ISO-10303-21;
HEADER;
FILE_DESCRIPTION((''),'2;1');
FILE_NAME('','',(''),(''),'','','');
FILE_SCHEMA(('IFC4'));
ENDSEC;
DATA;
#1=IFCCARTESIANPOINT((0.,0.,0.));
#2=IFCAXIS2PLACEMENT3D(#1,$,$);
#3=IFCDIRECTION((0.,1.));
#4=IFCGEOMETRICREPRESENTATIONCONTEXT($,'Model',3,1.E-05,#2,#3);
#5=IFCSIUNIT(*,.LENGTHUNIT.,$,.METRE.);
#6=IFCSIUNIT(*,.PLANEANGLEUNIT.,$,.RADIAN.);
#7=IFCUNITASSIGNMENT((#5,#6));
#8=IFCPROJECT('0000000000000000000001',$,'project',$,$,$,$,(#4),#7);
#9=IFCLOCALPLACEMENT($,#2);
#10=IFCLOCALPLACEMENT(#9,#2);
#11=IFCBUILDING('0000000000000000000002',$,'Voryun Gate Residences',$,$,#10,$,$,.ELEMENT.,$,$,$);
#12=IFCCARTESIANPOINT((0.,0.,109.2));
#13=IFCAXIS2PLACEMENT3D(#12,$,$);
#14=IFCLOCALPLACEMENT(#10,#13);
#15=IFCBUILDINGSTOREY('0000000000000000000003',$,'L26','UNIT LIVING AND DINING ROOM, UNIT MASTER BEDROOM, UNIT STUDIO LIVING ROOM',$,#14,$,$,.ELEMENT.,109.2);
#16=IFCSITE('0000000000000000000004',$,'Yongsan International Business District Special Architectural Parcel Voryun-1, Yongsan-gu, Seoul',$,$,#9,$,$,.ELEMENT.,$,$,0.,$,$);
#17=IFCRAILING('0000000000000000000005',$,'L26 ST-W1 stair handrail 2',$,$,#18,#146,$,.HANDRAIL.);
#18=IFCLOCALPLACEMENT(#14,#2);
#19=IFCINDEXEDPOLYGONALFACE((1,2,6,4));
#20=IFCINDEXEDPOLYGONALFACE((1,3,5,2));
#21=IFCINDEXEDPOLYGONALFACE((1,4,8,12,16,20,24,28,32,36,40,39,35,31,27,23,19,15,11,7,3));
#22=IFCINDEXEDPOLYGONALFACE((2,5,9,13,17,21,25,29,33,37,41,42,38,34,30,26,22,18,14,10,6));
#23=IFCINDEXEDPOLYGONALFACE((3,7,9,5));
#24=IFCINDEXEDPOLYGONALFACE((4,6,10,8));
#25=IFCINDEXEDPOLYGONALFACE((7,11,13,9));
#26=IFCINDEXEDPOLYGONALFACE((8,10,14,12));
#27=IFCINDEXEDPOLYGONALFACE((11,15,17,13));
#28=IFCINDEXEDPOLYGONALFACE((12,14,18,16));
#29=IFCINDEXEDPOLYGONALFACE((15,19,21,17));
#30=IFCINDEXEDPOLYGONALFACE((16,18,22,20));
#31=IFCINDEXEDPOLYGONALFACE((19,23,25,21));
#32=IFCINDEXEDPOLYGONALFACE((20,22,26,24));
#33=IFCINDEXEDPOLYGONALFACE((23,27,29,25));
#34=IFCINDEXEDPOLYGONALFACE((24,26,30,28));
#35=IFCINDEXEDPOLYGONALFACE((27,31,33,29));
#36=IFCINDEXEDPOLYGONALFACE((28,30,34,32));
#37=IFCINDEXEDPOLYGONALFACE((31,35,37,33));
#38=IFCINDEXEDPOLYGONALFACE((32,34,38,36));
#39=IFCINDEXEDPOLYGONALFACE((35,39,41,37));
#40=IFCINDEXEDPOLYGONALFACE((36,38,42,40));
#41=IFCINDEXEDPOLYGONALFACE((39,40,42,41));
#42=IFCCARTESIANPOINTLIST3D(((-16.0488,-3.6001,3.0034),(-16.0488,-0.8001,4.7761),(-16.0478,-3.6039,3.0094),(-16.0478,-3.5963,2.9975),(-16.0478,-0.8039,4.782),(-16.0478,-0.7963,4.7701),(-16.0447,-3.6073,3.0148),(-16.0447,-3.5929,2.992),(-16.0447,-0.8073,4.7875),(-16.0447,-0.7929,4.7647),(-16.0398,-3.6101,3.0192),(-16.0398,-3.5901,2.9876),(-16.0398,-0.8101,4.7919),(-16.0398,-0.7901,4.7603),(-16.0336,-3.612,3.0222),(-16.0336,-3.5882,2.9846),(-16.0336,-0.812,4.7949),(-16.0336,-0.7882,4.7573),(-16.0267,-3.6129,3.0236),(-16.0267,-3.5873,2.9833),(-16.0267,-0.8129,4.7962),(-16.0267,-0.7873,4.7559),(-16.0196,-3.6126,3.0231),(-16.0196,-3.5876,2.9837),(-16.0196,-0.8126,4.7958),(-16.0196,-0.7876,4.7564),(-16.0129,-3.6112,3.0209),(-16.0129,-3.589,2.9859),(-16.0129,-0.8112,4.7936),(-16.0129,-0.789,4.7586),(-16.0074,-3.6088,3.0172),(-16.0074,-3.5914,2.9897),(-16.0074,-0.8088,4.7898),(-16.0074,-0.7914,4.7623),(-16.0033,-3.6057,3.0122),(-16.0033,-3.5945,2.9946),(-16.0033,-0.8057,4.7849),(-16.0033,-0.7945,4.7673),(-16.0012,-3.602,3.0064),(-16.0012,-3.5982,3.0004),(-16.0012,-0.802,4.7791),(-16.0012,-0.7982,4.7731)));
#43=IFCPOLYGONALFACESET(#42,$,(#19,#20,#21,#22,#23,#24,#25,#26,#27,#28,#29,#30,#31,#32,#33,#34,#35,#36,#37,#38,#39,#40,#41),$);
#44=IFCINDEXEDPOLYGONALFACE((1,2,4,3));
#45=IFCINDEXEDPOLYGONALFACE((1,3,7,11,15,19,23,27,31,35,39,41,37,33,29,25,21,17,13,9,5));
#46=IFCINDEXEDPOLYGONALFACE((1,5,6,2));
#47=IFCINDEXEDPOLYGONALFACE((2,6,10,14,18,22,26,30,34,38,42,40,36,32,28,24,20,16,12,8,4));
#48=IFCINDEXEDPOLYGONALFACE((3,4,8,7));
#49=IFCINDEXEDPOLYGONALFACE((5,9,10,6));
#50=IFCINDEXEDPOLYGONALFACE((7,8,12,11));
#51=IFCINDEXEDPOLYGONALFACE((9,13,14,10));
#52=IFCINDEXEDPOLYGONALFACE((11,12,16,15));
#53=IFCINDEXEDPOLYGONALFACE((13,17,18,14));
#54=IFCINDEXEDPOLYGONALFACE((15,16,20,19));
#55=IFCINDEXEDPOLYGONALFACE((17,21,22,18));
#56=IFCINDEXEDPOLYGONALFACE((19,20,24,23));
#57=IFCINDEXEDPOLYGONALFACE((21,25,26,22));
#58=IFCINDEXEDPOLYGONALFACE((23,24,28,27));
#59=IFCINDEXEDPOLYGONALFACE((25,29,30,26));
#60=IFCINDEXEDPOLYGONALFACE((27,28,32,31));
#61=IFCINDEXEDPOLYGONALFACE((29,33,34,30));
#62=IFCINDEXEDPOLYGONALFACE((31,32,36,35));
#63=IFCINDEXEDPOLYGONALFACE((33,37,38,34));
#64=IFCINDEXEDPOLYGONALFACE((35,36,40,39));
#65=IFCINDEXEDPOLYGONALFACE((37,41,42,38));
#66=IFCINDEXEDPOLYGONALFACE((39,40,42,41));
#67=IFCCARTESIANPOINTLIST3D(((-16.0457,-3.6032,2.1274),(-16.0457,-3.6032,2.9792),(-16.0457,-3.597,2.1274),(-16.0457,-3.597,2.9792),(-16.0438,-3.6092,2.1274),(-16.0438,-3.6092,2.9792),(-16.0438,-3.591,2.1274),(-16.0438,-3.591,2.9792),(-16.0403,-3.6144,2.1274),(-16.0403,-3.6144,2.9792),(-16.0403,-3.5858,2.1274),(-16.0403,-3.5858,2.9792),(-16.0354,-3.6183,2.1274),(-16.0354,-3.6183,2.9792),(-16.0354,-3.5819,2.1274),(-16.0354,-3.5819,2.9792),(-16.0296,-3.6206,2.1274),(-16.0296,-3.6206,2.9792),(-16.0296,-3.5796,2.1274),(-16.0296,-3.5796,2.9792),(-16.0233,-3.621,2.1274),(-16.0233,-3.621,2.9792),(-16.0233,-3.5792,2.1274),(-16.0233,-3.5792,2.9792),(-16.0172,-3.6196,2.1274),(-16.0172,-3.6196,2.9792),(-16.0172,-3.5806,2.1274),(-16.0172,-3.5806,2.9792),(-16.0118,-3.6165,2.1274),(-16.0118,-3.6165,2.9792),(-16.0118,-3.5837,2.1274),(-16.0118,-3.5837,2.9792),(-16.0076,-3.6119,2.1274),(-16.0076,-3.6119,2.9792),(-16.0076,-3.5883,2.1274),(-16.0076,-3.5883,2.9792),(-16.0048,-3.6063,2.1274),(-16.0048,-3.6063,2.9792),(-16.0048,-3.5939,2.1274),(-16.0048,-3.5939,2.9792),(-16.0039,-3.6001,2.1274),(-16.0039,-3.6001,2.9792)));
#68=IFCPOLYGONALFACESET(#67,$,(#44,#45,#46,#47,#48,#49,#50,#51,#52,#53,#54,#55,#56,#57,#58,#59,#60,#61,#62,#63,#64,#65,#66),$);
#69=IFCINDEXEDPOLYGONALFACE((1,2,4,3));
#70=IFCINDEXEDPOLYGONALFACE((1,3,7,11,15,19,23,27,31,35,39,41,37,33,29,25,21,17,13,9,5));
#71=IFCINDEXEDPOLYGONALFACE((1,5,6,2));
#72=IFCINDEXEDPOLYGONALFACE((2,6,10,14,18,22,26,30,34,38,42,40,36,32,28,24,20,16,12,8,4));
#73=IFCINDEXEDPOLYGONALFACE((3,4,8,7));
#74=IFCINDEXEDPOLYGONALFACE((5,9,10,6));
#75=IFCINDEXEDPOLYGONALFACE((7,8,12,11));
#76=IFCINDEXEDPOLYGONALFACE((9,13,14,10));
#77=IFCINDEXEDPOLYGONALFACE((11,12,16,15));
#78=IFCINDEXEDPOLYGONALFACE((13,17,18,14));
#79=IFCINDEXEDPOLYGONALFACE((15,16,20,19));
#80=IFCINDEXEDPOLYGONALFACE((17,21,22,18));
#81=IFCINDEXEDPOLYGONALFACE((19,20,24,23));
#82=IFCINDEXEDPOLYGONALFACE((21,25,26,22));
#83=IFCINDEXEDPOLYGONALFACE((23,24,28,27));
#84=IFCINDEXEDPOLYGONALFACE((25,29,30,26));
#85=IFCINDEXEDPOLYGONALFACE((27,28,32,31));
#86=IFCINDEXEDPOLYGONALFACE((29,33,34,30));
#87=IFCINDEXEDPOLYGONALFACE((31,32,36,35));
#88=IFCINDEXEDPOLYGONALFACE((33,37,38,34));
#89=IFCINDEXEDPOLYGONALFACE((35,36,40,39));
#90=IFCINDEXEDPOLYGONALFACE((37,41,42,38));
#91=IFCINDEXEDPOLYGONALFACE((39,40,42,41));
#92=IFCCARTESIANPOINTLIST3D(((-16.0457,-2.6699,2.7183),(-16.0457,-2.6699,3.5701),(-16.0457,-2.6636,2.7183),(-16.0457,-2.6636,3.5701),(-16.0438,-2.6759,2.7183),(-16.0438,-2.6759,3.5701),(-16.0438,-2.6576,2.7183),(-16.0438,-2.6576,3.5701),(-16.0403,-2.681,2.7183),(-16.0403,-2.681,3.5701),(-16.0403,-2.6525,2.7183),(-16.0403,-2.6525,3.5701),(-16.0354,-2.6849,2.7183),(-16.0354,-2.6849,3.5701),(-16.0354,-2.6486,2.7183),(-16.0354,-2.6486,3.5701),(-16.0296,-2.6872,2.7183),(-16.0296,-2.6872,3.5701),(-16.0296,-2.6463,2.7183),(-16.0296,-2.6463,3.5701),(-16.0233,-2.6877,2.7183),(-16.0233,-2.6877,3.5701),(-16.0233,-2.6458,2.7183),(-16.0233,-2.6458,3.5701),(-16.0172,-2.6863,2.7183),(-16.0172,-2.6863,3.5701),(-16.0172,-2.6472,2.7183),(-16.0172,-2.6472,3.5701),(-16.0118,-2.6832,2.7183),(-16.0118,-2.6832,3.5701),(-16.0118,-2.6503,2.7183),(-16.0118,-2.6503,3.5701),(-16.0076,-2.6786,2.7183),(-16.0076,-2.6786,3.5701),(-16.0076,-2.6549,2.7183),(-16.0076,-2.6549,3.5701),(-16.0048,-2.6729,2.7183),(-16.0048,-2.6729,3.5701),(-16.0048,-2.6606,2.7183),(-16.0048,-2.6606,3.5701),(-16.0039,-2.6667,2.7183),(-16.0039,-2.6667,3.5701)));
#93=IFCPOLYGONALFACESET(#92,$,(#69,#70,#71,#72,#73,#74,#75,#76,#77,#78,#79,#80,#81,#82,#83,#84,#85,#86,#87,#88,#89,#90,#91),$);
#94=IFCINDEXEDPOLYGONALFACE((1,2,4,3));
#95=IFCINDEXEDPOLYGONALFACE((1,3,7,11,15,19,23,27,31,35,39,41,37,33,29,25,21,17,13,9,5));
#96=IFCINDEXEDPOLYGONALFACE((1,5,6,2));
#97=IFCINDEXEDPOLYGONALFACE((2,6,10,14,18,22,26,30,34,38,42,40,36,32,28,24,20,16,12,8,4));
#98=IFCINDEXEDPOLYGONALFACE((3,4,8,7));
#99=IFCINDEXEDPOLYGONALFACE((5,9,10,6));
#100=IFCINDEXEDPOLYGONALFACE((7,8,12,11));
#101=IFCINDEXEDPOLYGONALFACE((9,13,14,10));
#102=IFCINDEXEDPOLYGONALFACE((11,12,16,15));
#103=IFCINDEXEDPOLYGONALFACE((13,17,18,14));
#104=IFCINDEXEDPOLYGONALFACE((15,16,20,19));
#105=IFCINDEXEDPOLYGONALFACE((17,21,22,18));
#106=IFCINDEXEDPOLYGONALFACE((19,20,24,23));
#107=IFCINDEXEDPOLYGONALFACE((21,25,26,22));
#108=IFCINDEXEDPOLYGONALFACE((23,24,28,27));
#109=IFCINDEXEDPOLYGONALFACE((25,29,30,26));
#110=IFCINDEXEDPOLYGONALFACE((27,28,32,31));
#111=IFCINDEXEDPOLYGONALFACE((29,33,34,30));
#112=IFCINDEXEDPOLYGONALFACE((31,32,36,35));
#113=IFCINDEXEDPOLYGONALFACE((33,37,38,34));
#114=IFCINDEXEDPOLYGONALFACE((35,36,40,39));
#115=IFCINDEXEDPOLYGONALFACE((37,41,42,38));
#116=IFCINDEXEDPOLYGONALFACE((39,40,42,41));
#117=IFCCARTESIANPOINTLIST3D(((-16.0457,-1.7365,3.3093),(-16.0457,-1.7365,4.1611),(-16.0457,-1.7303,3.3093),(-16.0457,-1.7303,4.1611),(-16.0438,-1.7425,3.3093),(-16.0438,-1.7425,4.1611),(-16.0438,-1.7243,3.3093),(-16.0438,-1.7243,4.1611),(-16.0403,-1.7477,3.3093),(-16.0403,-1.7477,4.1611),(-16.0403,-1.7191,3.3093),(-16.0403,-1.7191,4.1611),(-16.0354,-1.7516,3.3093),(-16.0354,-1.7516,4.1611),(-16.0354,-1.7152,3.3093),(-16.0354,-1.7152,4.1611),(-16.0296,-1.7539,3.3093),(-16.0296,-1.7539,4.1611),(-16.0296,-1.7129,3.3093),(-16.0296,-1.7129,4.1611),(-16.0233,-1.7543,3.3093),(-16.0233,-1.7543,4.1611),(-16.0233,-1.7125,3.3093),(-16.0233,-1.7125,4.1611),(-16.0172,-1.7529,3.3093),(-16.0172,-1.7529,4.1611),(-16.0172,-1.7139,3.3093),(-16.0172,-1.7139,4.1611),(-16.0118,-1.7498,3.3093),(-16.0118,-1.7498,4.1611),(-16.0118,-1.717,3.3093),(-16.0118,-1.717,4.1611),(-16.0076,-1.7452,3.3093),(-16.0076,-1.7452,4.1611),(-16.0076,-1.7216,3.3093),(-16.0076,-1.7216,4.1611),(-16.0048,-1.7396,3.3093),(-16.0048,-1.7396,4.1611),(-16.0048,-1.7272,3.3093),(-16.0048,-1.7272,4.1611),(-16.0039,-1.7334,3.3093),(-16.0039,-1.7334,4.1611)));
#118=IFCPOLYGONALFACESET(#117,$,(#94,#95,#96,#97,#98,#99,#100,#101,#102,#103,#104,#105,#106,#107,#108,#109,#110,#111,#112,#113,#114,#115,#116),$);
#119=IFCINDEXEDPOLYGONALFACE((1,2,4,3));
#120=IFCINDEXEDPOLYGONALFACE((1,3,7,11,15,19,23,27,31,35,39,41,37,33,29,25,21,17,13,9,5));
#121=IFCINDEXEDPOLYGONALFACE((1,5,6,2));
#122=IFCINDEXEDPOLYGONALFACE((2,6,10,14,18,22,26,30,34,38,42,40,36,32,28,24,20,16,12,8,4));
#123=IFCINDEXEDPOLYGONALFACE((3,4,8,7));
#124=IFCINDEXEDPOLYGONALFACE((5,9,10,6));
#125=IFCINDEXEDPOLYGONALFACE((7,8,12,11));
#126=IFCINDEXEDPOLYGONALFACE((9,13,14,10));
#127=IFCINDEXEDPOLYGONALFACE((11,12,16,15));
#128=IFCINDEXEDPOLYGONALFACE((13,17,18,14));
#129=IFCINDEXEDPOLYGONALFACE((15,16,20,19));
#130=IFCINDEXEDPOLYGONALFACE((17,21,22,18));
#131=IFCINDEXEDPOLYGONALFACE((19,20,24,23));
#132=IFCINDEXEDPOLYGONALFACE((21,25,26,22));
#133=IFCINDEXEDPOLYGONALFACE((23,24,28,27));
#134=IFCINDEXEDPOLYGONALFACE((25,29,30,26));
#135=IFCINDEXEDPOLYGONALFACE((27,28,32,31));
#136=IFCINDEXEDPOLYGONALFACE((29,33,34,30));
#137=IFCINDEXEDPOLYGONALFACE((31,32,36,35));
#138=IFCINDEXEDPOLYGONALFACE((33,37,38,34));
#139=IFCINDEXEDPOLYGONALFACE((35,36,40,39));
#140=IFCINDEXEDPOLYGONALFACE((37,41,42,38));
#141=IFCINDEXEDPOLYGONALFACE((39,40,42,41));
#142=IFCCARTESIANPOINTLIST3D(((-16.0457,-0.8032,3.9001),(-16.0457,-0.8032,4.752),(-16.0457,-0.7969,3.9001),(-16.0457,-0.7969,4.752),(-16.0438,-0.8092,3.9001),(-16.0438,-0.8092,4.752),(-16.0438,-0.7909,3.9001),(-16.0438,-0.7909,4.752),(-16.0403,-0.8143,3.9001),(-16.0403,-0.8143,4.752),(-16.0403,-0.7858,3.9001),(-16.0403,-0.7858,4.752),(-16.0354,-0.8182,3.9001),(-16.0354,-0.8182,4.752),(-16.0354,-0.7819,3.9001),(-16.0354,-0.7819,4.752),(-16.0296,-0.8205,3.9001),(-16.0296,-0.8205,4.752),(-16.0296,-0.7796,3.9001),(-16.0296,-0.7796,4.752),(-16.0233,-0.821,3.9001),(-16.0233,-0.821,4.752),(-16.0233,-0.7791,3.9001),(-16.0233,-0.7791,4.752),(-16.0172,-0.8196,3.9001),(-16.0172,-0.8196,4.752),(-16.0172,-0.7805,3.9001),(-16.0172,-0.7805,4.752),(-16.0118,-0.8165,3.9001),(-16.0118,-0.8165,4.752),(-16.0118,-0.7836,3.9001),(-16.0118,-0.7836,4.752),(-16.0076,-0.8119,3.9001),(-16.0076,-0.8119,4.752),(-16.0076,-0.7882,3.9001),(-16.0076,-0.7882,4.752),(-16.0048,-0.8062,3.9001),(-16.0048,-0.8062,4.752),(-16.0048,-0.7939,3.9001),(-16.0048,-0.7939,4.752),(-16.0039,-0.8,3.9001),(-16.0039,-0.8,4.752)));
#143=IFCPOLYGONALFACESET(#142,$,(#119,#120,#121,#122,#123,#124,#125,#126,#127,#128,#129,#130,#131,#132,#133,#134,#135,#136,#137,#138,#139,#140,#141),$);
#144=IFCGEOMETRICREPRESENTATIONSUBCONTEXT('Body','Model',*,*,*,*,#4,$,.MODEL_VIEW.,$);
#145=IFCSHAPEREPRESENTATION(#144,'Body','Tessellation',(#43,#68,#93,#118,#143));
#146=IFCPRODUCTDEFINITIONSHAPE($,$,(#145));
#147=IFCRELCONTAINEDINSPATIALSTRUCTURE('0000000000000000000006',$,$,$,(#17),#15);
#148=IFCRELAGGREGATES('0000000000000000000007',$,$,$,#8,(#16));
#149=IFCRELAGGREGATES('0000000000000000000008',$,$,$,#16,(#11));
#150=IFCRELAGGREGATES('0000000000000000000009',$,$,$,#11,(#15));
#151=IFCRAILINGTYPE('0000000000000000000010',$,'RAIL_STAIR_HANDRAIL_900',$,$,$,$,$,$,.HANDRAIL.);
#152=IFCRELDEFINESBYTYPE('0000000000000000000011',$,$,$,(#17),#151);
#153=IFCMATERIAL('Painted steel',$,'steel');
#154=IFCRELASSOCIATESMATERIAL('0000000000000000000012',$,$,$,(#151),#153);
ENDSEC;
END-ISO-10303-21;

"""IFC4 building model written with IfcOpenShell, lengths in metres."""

from ifc_helpers import new_model, si_unit, direction, frame, origin, origin_2d, place, context, subcontext, project, spatial, circle, extrude, material, type_object, element, save


model = new_model("IFC4")

# Units and contexts
model_context = context("Model", 3, precision=1e-05, world=origin(), true_north=direction((0.0, 1.0)))
body_context = subcontext(model_context, "Body", "Model", "MODEL_VIEW")
ifc_project = project(units=[si_unit("LENGTHUNIT", "METRE"), si_unit("PLANEANGLEUNIT", "RADIAN")], contexts=[model_context])

# Site, building, storey
site_placement = place(None, origin())
site = spatial("IfcSite", under=ifc_project, at=site_placement, Name="Yongsan International Business District Special Architectural Parcel Voryun-1, Yongsan-gu, Seoul", CompositionType="ELEMENT", RefElevation=0.0)
building_placement = place(site_placement, origin())
building = spatial("IfcBuilding", under=site, at=building_placement, Name="Voryun Gate Residences", CompositionType="ELEMENT")
storey_placement = place(building_placement, frame((0.0, 0.0, 109.2)))
storey = spatial("IfcBuildingStorey", under=building, at=storey_placement, Name="L26", Description="UNIT LIVING AND DINING ROOM, UNIT MASTER BEDROOM, UNIT STUDIO LIVING ROOM", CompositionType="ELEMENT", Elevation=109.2)

# Railing
ifc_material_1 = material(Name="Painted steel", Category="steel")
railing_type_1 = type_object("IfcRailingType", Name="RAIL_STAIR_HANDRAIL_900", PredefinedType="HANDRAIL", material=ifc_material_1)
railing_1_placement = place(storey_placement, frame((-16.0249, -3.6001, 2.1274)))
element("IfcRailing", 1, at=railing_1_placement, inside=storey, type_object=railing_type_1, Name="L26 ST-W1 stair handrail 2", PredefinedType="HANDRAIL", context=body_context, shape_type="SweptSolid", body=[
    extrude(circle(Radius=0.0239, at=origin_2d()), frame((0.0, 0.0, 0.876), z_axis=(0.0, 0.844909, 0.53491), x_axis=(-1.0, 0.0, 0.0)), (0.0, 0.0, 1.0), 3.314),
    extrude(circle(Radius=0.021, at=origin_2d()), origin(), (0.0, 0.0, 1.0), 0.8518),
    extrude(circle(Radius=0.021, at=origin_2d()), frame((0.0, 0.9333, 0.5908)), (0.0, 0.0, 1.0), 0.8518),
    extrude(circle(Radius=0.021, at=origin_2d()), frame((0.0, 1.8667, 1.1819)), (0.0, 0.0, 1.0), 0.8518),
    extrude(circle(Radius=0.021, at=origin_2d()), frame((0.0, 2.8, 1.7727)), (0.0, 0.0, 1.0), 0.8518),
])

save(model, "model.ifc")
